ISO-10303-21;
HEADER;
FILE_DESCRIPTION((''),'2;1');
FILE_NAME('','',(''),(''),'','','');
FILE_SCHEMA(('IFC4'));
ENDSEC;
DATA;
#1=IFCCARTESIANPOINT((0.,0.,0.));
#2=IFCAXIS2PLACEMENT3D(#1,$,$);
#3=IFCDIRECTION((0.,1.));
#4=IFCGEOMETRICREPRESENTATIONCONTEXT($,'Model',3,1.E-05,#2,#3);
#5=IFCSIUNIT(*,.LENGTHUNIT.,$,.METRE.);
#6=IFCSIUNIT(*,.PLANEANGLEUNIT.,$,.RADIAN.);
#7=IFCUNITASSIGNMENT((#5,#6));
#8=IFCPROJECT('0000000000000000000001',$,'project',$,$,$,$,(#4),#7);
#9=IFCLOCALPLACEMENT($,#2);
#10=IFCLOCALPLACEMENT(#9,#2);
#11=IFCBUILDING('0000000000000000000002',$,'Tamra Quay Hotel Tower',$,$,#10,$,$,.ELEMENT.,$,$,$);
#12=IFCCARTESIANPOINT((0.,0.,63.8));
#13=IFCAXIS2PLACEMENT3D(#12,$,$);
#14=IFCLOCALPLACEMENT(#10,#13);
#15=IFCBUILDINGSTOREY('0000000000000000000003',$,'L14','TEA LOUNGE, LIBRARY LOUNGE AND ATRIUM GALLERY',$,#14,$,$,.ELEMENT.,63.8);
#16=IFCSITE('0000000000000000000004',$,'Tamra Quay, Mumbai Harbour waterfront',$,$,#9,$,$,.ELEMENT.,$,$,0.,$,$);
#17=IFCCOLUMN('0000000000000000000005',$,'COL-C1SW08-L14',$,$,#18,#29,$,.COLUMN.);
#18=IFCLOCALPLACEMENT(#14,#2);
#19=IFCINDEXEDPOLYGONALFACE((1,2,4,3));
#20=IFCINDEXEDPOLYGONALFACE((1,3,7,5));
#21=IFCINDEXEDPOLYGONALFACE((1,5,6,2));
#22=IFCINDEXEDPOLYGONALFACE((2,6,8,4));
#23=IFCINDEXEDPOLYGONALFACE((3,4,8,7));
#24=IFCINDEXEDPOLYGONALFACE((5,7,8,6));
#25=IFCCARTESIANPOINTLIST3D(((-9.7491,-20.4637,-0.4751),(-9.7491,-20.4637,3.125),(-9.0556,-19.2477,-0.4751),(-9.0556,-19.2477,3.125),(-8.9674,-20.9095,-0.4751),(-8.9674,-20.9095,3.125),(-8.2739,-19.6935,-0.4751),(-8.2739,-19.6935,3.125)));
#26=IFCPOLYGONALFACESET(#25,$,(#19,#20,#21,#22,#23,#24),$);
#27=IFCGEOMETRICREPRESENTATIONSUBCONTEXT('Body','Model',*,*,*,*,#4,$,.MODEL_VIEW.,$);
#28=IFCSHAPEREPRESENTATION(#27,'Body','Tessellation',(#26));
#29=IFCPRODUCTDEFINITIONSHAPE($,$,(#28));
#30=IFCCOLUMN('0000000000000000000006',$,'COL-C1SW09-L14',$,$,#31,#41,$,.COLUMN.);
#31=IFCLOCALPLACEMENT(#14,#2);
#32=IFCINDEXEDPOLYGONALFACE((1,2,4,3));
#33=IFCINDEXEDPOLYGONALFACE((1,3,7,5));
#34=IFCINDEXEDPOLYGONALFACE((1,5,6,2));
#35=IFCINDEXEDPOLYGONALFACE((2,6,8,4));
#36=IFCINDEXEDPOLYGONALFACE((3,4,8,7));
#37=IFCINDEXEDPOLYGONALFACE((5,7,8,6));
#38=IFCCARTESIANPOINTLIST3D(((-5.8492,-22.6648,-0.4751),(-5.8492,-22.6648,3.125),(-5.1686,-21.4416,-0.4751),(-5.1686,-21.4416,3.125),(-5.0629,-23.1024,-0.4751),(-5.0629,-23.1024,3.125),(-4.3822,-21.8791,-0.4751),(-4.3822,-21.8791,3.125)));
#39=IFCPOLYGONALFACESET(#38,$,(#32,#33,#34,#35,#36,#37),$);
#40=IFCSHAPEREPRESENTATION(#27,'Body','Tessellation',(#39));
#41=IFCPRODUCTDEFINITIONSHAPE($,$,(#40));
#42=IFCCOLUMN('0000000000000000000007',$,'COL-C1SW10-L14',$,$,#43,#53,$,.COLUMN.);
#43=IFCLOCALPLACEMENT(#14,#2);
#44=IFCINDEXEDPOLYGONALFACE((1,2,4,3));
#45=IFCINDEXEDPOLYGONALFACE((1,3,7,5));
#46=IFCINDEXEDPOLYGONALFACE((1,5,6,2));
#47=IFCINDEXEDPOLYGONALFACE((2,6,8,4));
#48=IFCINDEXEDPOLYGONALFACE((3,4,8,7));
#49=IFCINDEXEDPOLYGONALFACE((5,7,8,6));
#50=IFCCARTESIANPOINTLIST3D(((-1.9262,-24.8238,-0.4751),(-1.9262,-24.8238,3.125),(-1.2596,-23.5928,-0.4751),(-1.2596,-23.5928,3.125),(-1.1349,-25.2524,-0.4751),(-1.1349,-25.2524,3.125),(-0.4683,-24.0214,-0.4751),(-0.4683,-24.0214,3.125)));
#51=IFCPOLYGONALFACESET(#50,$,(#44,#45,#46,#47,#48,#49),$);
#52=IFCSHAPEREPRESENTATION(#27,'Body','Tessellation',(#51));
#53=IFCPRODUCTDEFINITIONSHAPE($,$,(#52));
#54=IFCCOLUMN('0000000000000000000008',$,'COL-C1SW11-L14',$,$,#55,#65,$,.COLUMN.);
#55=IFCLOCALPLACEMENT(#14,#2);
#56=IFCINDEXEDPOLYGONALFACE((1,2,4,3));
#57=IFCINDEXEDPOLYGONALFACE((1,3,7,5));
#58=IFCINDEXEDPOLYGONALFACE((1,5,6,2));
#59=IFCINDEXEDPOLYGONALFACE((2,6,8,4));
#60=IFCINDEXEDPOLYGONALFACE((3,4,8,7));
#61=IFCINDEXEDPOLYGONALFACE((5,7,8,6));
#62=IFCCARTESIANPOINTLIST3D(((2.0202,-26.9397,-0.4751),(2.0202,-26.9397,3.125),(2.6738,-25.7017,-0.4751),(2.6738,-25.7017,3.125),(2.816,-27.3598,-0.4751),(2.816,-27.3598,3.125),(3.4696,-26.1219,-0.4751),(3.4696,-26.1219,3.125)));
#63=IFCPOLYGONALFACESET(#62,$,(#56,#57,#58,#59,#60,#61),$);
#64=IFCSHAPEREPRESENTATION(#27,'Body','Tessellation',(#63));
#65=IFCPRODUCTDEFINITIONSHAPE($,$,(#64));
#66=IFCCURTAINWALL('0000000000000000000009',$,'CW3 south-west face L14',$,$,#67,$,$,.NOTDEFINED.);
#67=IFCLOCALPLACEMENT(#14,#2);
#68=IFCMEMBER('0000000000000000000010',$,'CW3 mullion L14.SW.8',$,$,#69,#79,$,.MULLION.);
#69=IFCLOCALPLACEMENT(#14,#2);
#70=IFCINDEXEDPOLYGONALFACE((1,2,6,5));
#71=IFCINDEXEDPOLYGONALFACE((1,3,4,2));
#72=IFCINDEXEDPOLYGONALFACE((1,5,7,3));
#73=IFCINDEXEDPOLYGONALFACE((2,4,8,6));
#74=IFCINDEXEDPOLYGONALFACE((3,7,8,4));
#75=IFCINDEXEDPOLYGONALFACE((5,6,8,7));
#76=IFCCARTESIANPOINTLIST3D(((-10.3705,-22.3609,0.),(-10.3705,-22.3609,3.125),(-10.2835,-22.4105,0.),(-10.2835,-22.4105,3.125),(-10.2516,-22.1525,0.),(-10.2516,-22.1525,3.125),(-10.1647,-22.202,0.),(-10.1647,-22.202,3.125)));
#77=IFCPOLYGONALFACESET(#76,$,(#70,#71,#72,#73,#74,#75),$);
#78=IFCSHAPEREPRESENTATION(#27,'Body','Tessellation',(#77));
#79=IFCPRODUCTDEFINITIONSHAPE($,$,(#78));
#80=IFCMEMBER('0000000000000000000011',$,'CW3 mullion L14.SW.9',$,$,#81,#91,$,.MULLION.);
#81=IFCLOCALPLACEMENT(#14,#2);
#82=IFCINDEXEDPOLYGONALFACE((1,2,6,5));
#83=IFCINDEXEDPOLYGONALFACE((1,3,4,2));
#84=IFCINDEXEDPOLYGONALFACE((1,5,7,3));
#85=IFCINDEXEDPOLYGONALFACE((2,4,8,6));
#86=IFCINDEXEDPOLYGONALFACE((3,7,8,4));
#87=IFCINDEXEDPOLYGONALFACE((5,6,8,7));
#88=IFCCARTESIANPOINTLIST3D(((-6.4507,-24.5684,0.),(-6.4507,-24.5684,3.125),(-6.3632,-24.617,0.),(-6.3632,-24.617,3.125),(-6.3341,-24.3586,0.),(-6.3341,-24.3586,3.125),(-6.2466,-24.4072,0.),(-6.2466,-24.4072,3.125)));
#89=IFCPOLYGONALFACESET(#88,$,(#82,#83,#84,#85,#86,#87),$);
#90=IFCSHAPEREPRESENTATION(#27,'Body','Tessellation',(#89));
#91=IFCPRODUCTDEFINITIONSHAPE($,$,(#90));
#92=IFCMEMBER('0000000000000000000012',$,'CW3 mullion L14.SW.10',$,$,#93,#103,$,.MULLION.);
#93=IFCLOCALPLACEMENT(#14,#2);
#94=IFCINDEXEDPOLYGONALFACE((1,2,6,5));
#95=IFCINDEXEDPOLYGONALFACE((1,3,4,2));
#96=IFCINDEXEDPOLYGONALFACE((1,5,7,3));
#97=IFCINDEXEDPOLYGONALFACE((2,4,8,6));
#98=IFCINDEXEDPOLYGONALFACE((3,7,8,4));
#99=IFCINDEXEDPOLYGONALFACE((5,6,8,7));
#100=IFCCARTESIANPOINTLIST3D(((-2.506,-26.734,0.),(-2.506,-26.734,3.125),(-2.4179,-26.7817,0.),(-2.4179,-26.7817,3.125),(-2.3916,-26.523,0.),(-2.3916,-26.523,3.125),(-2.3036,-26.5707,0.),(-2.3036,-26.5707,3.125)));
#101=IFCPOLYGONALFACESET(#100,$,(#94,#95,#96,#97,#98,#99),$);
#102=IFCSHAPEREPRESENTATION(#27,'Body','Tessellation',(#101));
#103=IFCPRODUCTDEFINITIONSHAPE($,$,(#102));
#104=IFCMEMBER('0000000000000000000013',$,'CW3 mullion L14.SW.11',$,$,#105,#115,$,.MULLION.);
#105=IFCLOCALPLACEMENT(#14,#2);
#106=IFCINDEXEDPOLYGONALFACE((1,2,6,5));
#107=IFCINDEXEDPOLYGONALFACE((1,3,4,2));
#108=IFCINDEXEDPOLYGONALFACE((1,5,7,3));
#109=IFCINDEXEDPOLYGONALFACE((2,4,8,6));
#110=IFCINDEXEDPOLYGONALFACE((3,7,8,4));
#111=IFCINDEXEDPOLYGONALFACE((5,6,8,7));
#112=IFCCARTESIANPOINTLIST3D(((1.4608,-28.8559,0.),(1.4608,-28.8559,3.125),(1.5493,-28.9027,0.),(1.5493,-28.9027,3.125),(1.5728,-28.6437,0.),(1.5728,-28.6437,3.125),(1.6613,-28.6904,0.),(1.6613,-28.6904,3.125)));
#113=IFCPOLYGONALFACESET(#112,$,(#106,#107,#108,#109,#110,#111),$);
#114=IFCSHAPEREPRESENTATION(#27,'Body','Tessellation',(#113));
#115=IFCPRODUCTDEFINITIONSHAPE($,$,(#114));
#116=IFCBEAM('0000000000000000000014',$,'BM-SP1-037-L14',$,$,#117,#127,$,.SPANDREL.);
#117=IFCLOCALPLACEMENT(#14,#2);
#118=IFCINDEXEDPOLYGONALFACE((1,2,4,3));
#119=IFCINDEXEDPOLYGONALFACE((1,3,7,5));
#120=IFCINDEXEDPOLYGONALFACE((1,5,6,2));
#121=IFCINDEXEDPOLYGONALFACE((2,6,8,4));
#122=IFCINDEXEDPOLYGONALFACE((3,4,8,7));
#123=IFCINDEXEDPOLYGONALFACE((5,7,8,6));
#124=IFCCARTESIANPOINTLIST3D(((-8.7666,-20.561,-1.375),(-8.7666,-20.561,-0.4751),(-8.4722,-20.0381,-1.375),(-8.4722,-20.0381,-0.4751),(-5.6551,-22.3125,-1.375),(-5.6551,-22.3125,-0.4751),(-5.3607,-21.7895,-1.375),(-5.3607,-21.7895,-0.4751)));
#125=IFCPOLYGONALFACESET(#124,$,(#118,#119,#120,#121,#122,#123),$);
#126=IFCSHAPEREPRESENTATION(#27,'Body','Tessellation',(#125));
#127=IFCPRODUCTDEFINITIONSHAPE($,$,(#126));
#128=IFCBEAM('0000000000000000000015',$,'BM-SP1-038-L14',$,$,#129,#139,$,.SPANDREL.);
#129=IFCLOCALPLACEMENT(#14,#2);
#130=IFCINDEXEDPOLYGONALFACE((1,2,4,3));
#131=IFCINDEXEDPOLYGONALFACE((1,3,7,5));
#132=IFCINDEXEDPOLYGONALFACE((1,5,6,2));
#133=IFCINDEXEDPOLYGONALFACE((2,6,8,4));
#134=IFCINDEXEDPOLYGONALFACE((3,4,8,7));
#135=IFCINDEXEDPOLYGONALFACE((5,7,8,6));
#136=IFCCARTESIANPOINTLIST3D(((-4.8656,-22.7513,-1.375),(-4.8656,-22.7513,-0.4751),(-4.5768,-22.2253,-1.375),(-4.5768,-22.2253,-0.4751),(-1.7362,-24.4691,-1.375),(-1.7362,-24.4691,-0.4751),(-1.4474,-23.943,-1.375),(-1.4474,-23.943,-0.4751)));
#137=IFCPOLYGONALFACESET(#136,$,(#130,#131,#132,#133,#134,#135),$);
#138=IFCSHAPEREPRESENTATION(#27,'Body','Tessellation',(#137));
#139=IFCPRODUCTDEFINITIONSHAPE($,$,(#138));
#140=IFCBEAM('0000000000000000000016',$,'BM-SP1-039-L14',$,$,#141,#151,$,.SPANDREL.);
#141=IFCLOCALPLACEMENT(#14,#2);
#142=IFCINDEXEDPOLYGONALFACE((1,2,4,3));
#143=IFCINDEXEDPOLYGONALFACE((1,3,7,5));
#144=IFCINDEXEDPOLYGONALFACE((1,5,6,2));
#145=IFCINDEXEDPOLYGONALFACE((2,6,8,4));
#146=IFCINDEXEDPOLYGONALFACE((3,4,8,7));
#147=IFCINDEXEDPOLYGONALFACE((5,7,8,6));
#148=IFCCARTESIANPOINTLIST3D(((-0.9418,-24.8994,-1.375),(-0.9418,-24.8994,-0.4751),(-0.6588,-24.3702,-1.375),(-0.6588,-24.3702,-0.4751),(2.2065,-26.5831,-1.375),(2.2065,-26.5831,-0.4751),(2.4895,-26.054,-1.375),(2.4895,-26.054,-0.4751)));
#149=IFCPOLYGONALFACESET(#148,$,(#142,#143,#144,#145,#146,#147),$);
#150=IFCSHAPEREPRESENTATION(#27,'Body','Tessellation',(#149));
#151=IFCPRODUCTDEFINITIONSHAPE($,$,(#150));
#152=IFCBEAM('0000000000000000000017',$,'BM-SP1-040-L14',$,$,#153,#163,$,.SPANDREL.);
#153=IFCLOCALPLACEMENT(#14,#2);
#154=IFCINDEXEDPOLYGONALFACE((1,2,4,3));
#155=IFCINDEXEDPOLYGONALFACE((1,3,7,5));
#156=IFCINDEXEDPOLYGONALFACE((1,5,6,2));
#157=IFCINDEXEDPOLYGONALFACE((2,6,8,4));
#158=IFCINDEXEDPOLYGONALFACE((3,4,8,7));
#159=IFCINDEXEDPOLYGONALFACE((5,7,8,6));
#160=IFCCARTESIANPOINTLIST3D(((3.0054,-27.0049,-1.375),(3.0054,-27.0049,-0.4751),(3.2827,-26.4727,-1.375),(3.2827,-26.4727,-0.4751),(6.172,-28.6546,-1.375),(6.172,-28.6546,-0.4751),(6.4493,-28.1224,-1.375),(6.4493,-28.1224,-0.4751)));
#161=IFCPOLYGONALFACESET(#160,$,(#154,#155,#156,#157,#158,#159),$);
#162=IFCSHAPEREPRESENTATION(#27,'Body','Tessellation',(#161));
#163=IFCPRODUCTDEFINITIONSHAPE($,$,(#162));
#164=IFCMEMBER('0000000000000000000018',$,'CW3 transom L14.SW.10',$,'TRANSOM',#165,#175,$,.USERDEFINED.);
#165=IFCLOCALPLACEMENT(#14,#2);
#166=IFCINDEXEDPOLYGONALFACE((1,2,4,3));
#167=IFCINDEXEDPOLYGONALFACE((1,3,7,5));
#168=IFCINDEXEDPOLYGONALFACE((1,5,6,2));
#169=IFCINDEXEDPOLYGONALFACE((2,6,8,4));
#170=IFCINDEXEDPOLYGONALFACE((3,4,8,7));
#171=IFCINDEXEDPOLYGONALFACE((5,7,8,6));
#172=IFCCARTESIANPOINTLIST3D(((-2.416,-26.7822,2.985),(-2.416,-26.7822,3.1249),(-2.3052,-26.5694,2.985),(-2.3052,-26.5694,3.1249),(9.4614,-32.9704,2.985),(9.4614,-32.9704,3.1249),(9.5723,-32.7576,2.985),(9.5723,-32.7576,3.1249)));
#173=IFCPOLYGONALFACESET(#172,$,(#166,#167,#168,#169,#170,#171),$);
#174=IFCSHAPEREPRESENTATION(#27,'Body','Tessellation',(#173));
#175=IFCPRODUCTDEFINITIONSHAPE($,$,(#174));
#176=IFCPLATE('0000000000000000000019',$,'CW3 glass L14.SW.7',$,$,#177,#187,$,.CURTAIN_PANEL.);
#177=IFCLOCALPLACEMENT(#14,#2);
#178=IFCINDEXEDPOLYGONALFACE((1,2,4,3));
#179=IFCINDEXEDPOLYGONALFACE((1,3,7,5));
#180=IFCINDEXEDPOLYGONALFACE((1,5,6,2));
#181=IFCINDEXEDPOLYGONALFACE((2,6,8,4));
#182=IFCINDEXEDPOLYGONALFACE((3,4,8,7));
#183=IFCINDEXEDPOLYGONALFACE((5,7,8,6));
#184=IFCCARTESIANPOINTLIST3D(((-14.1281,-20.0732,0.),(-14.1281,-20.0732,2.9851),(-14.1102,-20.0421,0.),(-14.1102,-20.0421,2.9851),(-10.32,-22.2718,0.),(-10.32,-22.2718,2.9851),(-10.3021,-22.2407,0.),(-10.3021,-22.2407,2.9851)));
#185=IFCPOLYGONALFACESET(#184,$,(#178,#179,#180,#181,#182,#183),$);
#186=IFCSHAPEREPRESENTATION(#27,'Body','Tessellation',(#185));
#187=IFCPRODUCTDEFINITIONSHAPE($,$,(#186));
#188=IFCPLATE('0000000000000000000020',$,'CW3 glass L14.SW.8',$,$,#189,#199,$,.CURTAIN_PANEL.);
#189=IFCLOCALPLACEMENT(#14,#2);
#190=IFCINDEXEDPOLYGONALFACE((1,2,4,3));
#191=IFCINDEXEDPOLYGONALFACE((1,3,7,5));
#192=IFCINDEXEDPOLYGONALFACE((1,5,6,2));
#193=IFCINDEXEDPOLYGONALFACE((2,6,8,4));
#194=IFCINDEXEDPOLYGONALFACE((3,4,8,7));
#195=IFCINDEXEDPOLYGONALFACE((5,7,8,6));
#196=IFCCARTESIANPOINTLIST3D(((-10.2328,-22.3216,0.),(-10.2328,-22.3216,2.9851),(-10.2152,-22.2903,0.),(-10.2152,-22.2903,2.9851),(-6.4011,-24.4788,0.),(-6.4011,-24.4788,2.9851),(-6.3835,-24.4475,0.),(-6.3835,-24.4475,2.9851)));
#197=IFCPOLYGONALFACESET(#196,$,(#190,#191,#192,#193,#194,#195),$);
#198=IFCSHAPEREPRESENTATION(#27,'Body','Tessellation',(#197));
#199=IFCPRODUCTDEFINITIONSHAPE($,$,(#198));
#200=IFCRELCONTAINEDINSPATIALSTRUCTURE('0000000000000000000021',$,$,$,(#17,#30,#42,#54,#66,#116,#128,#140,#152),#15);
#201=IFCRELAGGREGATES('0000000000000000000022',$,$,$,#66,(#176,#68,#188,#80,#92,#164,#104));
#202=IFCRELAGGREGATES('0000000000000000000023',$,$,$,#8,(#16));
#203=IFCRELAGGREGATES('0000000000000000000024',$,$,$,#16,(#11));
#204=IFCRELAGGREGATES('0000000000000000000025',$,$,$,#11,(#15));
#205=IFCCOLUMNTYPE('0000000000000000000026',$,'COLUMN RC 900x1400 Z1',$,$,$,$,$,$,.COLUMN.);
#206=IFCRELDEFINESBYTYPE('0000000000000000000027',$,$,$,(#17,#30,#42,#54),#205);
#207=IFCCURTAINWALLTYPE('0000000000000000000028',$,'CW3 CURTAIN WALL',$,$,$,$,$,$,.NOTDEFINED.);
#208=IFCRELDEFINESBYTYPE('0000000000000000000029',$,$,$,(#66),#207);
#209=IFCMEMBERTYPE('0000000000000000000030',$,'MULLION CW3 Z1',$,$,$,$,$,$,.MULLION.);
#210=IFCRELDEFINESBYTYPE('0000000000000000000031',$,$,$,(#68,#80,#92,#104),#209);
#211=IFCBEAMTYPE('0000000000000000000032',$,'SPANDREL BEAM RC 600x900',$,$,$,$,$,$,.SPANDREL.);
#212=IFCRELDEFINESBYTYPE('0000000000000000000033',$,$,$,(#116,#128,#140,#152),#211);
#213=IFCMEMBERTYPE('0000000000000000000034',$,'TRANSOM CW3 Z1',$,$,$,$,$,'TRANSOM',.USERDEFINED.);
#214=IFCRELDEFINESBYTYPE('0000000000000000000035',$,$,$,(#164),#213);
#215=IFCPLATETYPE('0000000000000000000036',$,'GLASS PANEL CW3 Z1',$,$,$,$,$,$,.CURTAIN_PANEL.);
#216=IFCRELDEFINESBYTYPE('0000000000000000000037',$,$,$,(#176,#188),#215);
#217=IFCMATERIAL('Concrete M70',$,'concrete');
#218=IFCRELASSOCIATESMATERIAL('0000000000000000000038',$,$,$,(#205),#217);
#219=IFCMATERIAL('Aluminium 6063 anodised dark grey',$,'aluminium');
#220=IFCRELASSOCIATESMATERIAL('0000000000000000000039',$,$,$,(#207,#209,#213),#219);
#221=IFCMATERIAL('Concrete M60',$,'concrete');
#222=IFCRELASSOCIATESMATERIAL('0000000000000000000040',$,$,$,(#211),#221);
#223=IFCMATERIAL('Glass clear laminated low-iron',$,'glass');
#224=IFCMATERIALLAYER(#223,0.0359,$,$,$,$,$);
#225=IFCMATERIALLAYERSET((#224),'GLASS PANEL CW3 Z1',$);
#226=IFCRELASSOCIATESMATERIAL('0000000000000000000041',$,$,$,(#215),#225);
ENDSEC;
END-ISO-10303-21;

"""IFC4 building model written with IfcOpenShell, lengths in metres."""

from ifc_helpers import new_model, si_unit, direction, frame, origin, origin_2d, place, context, subcontext, project, spatial, rectangle, extrude, material, layer, layer_set, material_profile, profile_set, type_object, element, aggregate, save


model = new_model("IFC4")

# Units and contexts
model_context = context("Model", 3, precision=1e-05, world=origin(), true_north=direction((0.0, 1.0)))
body_context = subcontext(model_context, "Body", "Model", "MODEL_VIEW")
ifc_project = project(units=[si_unit("LENGTHUNIT", "METRE"), si_unit("PLANEANGLEUNIT", "RADIAN")], contexts=[model_context])

# Site, building, storey
site_placement = place(None, origin())
site = spatial("IfcSite", under=ifc_project, at=site_placement, Name="Tamra Quay, Mumbai Harbour waterfront", CompositionType="ELEMENT", RefElevation=0.0)
building_placement = place(site_placement, origin())
building = spatial("IfcBuilding", under=site, at=building_placement, Name="Tamra Quay Hotel Tower", CompositionType="ELEMENT")
storey_placement = place(building_placement, frame((0.0, 0.0, 63.8)))
storey = spatial("IfcBuildingStorey", under=building, at=storey_placement, Name="L14", Description="TEA LOUNGE, LIBRARY LOUNGE AND ATRIUM GALLERY", CompositionType="ELEMENT", Elevation=63.8)

# Columns
ifc_material_1 = material(Name="Concrete M70", Category="concrete")
ifc_material_profile_1 = material_profile(ifc_material_1, rectangle(XDim=1.3999, YDim=0.8999, at=origin_2d()), Name="COLUMN RC 900x1400 Z1")
ifc_profile_set_1 = profile_set([ifc_material_profile_1], Name="Concrete M70")
column_type = type_object("IfcColumnType", Name="COLUMN RC 900x1400 Z1", PredefinedType="COLUMN", material=ifc_profile_set_1)
for number, where, z_axis, x_axis, name in (
    (1, (-9.0115, -20.0786, -0.4751), (0.0, 0.0, 1.0), (0.495421, 0.868653, 0.0), "COL-C1SW08-L14"),
    (2, (-5.1157, -22.272, -0.4751), (0.0, 0.0, 1.0), (0.486221, 0.873836, 0.0), "COL-C1SW09-L14"),
    (3, (-1.1973, -24.4226, -0.4751), (0.0, 0.0, 1.0), (0.476198, 0.879338, 0.0), "COL-C1SW10-L14"),
    (4, (2.7449, -26.5308, -0.4751), (0.0, 0.0, 1.0), (0.466896, 0.884312, 0.0), "COL-C1SW11-L14"),
):
    element("IfcColumn", number, at=place(storey_placement, frame(where, z_axis=z_axis, x_axis=x_axis)), inside=storey, type_object=column_type, Name=name, PredefinedType="COLUMN", context=body_context, shape_type="SweptSolid", body=[
        extrude(rectangle(XDim=1.3999, YDim=0.8999, at=origin_2d()), origin(), (0.0, 0.0, 1.0), 3.6001),
    ])

# Curtain wall, members
ifc_material_2 = material(Name="Aluminium 6063 anodised dark grey", Category="aluminium")
curtain_wall_type = type_object("IfcCurtainWallType", Name="CW3 CURTAIN WALL", PredefinedType="NOTDEFINED", material=ifc_material_2)
curtain_wall_placement = place(storey_placement, origin())
curtain_wall = element("IfcCurtainWall", 5, at=curtain_wall_placement, inside=storey, type_object=curtain_wall_type, Name="CW3 south-west face L14", PredefinedType="NOTDEFINED")
ifc_material_profile_2 = material_profile(ifc_material_2, rectangle(XDim=0.24, YDim=0.1001, at=origin_2d()), Name="MULLION 100X240")
ifc_profile_set_2 = profile_set([ifc_material_profile_2], Name="Aluminium 6063 anodised dark grey")
member_type_1 = type_object("IfcMemberType", Name="MULLION CW3 Z1", PredefinedType="MULLION", material=ifc_profile_set_2)
member_1_placement = place(storey_placement, frame((-10.2676, -22.2815, 0.0), z_axis=(0.0, 0.0, 1.0), x_axis=(-0.495301, -0.868722, 0.0)))
member_1 = element("IfcMember", 6, at=member_1_placement, type_object=member_type_1, Name="CW3 mullion L14.SW.8", PredefinedType="MULLION", context=body_context, shape_type="SweptSolid", body=[
    extrude(rectangle(XDim=0.24, YDim=0.1001, at=origin_2d()), origin(), (0.0, 0.0, 1.0), 3.125),
])
member_2_placement = place(storey_placement, frame((-6.3486, -24.4878, 0.0), z_axis=(0.0, 0.0, 1.0), x_axis=(-0.485864, -0.874035, 0.0)))
member_2 = element("IfcMember", 7, at=member_2_placement, type_object=member_type_1, Name="CW3 mullion L14.SW.9", PredefinedType="MULLION", context=body_context, shape_type="SweptSolid", body=[
    extrude(rectangle(XDim=0.24, YDim=0.1001, at=origin_2d()), origin(), (0.0, 0.0, 1.0), 3.125),
])
member_3_placement = place(storey_placement, frame((-2.4048, -26.6523, 0.0), z_axis=(0.0, 0.0, 1.0), x_axis=(-0.476377, -0.879241, 0.0)))
member_3 = element("IfcMember", 8, at=member_3_placement, type_object=member_type_1, Name="CW3 mullion L14.SW.10", PredefinedType="MULLION", context=body_context, shape_type="SweptSolid", body=[
    extrude(rectangle(XDim=0.24, YDim=0.1001, at=origin_2d()), origin(), (0.0, 0.0, 1.0), 3.125),
])
member_4_placement = place(storey_placement, frame((1.561, -28.7732, 0.0), z_axis=(0.0, 0.0, 1.0), x_axis=(-0.466835, -0.884344, 0.0)))
member_4 = element("IfcMember", 9, at=member_4_placement, type_object=member_type_1, Name="CW3 mullion L14.SW.11", PredefinedType="MULLION", context=body_context, shape_type="SweptSolid", body=[
    extrude(rectangle(XDim=0.24, YDim=0.1001, at=origin_2d()), origin(), (0.0, 0.0, 1.0), 3.125),
])

# Beams
ifc_material_3 = material(Name="Concrete M60", Category="concrete")
ifc_material_profile_3 = material_profile(ifc_material_3, rectangle(XDim=0.6001, YDim=0.8999, at=origin_2d()), Name="SPANDREL BEAM RC 600x900")
ifc_profile_set_3 = profile_set([ifc_material_profile_3], Name="Concrete M60")
beam_type = type_object("IfcBeamType", Name="SPANDREL BEAM RC 600x900", PredefinedType="SPANDREL", material=ifc_profile_set_3)
beam_1_placement = place(storey_placement, frame((-8.6194, -20.2996, -0.925), z_axis=(0.871431, -0.490518, 0.0), x_axis=(0.490518, 0.871431, 0.0)))
element("IfcBeam", 10, at=beam_1_placement, inside=storey, type_object=beam_type, Name="BM-SP1-037-L14", PredefinedType="SPANDREL", context=body_context, shape_type="SweptSolid", body=[
    extrude(rectangle(XDim=0.6001, YDim=0.8999, at=origin_2d()), origin(), (0.0, 0.0, 1.0), 3.5706),
])
beam_2_placement = place(storey_placement, frame((-4.7212, -22.4883, -0.925), z_axis=(0.876617, -0.481189, 0.0), x_axis=(0.481189, 0.876617, 0.0)))
element("IfcBeam", 11, at=beam_2_placement, inside=storey, type_object=beam_type, Name="BM-SP1-038-L14", PredefinedType="SPANDREL", context=body_context, shape_type="SweptSolid", body=[
    extrude(rectangle(XDim=0.6001, YDim=0.8999, at=origin_2d()), origin(), (0.0, 0.0, 1.0), 3.5698),
])
beam_3_placement = place(storey_placement, frame((-0.8003, -24.6348, -0.925), z_axis=(0.881809, -0.471607, 0.0), x_axis=(0.471607, 0.881809, 0.0)))
element("IfcBeam", 12, at=beam_3_placement, inside=storey, type_object=beam_type, Name="BM-SP1-039-L14", PredefinedType="SPANDREL", context=body_context, shape_type="SweptSolid", body=[
    extrude(rectangle(XDim=0.6001, YDim=0.8999, at=origin_2d()), origin(), (0.0, 0.0, 1.0), 3.5703),
])
beam_4_placement = place(storey_placement, frame((3.144, -26.7388, -0.925), z_axis=(0.886864, -0.462031, 0.0), x_axis=(0.462031, 0.886864, 0.0)))
element("IfcBeam", 13, at=beam_4_placement, inside=storey, type_object=beam_type, Name="BM-SP1-040-L14", PredefinedType="SPANDREL", context=body_context, shape_type="SweptSolid", body=[
    extrude(rectangle(XDim=0.6001, YDim=0.8999, at=origin_2d()), origin(), (0.0, 0.0, 1.0), 3.5706),
])

# Member
ifc_material_profile_4 = material_profile(ifc_material_2, rectangle(XDim=0.24, YDim=0.1399, at=origin_2d()), Name="TRANSOM 240X140")
ifc_profile_set_4 = profile_set([ifc_material_profile_4], Name="Aluminium 6063 anodised dark grey")
member_type_2 = type_object("IfcMemberType", Name="TRANSOM CW3 Z1", ElementType="TRANSOM", PredefinedType="USERDEFINED", material=ifc_profile_set_4)
member_5_placement = place(storey_placement, frame((-2.3606, -26.6758, 3.0549), z_axis=(0.886851, -0.462056, 0.0), x_axis=(0.462056, 0.886851, 0.0)))
member_5 = element("IfcMember", 14, at=member_5_placement, type_object=member_type_2, Name="CW3 transom L14.SW.10", ObjectType="TRANSOM", PredefinedType="USERDEFINED", context=body_context, shape_type="SweptSolid", body=[
    extrude(rectangle(XDim=0.24, YDim=0.1399, at=origin_2d()), origin(), (0.0, 0.0, 1.0), 13.3928),
])

# Plates
ifc_material_4 = material(Name="Glass clear laminated low-iron", Category="glass")
ifc_layer_1 = layer(ifc_material_4, 0.0359)
ifc_layer_set_1 = layer_set([ifc_layer_1], Name="GLASS PANEL CW3 Z1")
plate_type = type_object("IfcPlateType", Name="GLASS PANEL CW3 Z1", PredefinedType="CURTAIN_PANEL", material=ifc_layer_set_1)
plate_1_placement = place(storey_placement, frame((-12.2151, -21.157, 0.0), z_axis=(0.0, 0.0, 1.0), x_axis=(0.866025, -0.5, 0.0)))
plate_1 = element("IfcPlate", 15, at=plate_1_placement, type_object=plate_type, Name="CW3 glass L14.SW.7", PredefinedType="CURTAIN_PANEL", context=body_context, shape_type="SweptSolid", body=[
    extrude(rectangle(XDim=4.3972, YDim=0.0359, at=origin_2d()), origin(), (0.0, 0.0, 1.0), 2.9851),
])
plate_2_placement = place(storey_placement, frame((-8.3081, -23.3845, 0.0), z_axis=(0.0, 0.0, 1.0), x_axis=(0.871392, -0.490587, 0.0)))
plate_2 = element("IfcPlate", 16, at=plate_2_placement, type_object=plate_type, Name="CW3 glass L14.SW.8", PredefinedType="CURTAIN_PANEL", context=body_context, shape_type="SweptSolid", body=[
    extrude(rectangle(XDim=4.3972, YDim=0.0359, at=origin_2d()), origin(), (0.0, 0.0, 1.0), 2.9851),
])
aggregate(curtain_wall, [plate_1, member_1, plate_2, member_2, member_3, member_5, member_4])

save(model, "model.ifc")
